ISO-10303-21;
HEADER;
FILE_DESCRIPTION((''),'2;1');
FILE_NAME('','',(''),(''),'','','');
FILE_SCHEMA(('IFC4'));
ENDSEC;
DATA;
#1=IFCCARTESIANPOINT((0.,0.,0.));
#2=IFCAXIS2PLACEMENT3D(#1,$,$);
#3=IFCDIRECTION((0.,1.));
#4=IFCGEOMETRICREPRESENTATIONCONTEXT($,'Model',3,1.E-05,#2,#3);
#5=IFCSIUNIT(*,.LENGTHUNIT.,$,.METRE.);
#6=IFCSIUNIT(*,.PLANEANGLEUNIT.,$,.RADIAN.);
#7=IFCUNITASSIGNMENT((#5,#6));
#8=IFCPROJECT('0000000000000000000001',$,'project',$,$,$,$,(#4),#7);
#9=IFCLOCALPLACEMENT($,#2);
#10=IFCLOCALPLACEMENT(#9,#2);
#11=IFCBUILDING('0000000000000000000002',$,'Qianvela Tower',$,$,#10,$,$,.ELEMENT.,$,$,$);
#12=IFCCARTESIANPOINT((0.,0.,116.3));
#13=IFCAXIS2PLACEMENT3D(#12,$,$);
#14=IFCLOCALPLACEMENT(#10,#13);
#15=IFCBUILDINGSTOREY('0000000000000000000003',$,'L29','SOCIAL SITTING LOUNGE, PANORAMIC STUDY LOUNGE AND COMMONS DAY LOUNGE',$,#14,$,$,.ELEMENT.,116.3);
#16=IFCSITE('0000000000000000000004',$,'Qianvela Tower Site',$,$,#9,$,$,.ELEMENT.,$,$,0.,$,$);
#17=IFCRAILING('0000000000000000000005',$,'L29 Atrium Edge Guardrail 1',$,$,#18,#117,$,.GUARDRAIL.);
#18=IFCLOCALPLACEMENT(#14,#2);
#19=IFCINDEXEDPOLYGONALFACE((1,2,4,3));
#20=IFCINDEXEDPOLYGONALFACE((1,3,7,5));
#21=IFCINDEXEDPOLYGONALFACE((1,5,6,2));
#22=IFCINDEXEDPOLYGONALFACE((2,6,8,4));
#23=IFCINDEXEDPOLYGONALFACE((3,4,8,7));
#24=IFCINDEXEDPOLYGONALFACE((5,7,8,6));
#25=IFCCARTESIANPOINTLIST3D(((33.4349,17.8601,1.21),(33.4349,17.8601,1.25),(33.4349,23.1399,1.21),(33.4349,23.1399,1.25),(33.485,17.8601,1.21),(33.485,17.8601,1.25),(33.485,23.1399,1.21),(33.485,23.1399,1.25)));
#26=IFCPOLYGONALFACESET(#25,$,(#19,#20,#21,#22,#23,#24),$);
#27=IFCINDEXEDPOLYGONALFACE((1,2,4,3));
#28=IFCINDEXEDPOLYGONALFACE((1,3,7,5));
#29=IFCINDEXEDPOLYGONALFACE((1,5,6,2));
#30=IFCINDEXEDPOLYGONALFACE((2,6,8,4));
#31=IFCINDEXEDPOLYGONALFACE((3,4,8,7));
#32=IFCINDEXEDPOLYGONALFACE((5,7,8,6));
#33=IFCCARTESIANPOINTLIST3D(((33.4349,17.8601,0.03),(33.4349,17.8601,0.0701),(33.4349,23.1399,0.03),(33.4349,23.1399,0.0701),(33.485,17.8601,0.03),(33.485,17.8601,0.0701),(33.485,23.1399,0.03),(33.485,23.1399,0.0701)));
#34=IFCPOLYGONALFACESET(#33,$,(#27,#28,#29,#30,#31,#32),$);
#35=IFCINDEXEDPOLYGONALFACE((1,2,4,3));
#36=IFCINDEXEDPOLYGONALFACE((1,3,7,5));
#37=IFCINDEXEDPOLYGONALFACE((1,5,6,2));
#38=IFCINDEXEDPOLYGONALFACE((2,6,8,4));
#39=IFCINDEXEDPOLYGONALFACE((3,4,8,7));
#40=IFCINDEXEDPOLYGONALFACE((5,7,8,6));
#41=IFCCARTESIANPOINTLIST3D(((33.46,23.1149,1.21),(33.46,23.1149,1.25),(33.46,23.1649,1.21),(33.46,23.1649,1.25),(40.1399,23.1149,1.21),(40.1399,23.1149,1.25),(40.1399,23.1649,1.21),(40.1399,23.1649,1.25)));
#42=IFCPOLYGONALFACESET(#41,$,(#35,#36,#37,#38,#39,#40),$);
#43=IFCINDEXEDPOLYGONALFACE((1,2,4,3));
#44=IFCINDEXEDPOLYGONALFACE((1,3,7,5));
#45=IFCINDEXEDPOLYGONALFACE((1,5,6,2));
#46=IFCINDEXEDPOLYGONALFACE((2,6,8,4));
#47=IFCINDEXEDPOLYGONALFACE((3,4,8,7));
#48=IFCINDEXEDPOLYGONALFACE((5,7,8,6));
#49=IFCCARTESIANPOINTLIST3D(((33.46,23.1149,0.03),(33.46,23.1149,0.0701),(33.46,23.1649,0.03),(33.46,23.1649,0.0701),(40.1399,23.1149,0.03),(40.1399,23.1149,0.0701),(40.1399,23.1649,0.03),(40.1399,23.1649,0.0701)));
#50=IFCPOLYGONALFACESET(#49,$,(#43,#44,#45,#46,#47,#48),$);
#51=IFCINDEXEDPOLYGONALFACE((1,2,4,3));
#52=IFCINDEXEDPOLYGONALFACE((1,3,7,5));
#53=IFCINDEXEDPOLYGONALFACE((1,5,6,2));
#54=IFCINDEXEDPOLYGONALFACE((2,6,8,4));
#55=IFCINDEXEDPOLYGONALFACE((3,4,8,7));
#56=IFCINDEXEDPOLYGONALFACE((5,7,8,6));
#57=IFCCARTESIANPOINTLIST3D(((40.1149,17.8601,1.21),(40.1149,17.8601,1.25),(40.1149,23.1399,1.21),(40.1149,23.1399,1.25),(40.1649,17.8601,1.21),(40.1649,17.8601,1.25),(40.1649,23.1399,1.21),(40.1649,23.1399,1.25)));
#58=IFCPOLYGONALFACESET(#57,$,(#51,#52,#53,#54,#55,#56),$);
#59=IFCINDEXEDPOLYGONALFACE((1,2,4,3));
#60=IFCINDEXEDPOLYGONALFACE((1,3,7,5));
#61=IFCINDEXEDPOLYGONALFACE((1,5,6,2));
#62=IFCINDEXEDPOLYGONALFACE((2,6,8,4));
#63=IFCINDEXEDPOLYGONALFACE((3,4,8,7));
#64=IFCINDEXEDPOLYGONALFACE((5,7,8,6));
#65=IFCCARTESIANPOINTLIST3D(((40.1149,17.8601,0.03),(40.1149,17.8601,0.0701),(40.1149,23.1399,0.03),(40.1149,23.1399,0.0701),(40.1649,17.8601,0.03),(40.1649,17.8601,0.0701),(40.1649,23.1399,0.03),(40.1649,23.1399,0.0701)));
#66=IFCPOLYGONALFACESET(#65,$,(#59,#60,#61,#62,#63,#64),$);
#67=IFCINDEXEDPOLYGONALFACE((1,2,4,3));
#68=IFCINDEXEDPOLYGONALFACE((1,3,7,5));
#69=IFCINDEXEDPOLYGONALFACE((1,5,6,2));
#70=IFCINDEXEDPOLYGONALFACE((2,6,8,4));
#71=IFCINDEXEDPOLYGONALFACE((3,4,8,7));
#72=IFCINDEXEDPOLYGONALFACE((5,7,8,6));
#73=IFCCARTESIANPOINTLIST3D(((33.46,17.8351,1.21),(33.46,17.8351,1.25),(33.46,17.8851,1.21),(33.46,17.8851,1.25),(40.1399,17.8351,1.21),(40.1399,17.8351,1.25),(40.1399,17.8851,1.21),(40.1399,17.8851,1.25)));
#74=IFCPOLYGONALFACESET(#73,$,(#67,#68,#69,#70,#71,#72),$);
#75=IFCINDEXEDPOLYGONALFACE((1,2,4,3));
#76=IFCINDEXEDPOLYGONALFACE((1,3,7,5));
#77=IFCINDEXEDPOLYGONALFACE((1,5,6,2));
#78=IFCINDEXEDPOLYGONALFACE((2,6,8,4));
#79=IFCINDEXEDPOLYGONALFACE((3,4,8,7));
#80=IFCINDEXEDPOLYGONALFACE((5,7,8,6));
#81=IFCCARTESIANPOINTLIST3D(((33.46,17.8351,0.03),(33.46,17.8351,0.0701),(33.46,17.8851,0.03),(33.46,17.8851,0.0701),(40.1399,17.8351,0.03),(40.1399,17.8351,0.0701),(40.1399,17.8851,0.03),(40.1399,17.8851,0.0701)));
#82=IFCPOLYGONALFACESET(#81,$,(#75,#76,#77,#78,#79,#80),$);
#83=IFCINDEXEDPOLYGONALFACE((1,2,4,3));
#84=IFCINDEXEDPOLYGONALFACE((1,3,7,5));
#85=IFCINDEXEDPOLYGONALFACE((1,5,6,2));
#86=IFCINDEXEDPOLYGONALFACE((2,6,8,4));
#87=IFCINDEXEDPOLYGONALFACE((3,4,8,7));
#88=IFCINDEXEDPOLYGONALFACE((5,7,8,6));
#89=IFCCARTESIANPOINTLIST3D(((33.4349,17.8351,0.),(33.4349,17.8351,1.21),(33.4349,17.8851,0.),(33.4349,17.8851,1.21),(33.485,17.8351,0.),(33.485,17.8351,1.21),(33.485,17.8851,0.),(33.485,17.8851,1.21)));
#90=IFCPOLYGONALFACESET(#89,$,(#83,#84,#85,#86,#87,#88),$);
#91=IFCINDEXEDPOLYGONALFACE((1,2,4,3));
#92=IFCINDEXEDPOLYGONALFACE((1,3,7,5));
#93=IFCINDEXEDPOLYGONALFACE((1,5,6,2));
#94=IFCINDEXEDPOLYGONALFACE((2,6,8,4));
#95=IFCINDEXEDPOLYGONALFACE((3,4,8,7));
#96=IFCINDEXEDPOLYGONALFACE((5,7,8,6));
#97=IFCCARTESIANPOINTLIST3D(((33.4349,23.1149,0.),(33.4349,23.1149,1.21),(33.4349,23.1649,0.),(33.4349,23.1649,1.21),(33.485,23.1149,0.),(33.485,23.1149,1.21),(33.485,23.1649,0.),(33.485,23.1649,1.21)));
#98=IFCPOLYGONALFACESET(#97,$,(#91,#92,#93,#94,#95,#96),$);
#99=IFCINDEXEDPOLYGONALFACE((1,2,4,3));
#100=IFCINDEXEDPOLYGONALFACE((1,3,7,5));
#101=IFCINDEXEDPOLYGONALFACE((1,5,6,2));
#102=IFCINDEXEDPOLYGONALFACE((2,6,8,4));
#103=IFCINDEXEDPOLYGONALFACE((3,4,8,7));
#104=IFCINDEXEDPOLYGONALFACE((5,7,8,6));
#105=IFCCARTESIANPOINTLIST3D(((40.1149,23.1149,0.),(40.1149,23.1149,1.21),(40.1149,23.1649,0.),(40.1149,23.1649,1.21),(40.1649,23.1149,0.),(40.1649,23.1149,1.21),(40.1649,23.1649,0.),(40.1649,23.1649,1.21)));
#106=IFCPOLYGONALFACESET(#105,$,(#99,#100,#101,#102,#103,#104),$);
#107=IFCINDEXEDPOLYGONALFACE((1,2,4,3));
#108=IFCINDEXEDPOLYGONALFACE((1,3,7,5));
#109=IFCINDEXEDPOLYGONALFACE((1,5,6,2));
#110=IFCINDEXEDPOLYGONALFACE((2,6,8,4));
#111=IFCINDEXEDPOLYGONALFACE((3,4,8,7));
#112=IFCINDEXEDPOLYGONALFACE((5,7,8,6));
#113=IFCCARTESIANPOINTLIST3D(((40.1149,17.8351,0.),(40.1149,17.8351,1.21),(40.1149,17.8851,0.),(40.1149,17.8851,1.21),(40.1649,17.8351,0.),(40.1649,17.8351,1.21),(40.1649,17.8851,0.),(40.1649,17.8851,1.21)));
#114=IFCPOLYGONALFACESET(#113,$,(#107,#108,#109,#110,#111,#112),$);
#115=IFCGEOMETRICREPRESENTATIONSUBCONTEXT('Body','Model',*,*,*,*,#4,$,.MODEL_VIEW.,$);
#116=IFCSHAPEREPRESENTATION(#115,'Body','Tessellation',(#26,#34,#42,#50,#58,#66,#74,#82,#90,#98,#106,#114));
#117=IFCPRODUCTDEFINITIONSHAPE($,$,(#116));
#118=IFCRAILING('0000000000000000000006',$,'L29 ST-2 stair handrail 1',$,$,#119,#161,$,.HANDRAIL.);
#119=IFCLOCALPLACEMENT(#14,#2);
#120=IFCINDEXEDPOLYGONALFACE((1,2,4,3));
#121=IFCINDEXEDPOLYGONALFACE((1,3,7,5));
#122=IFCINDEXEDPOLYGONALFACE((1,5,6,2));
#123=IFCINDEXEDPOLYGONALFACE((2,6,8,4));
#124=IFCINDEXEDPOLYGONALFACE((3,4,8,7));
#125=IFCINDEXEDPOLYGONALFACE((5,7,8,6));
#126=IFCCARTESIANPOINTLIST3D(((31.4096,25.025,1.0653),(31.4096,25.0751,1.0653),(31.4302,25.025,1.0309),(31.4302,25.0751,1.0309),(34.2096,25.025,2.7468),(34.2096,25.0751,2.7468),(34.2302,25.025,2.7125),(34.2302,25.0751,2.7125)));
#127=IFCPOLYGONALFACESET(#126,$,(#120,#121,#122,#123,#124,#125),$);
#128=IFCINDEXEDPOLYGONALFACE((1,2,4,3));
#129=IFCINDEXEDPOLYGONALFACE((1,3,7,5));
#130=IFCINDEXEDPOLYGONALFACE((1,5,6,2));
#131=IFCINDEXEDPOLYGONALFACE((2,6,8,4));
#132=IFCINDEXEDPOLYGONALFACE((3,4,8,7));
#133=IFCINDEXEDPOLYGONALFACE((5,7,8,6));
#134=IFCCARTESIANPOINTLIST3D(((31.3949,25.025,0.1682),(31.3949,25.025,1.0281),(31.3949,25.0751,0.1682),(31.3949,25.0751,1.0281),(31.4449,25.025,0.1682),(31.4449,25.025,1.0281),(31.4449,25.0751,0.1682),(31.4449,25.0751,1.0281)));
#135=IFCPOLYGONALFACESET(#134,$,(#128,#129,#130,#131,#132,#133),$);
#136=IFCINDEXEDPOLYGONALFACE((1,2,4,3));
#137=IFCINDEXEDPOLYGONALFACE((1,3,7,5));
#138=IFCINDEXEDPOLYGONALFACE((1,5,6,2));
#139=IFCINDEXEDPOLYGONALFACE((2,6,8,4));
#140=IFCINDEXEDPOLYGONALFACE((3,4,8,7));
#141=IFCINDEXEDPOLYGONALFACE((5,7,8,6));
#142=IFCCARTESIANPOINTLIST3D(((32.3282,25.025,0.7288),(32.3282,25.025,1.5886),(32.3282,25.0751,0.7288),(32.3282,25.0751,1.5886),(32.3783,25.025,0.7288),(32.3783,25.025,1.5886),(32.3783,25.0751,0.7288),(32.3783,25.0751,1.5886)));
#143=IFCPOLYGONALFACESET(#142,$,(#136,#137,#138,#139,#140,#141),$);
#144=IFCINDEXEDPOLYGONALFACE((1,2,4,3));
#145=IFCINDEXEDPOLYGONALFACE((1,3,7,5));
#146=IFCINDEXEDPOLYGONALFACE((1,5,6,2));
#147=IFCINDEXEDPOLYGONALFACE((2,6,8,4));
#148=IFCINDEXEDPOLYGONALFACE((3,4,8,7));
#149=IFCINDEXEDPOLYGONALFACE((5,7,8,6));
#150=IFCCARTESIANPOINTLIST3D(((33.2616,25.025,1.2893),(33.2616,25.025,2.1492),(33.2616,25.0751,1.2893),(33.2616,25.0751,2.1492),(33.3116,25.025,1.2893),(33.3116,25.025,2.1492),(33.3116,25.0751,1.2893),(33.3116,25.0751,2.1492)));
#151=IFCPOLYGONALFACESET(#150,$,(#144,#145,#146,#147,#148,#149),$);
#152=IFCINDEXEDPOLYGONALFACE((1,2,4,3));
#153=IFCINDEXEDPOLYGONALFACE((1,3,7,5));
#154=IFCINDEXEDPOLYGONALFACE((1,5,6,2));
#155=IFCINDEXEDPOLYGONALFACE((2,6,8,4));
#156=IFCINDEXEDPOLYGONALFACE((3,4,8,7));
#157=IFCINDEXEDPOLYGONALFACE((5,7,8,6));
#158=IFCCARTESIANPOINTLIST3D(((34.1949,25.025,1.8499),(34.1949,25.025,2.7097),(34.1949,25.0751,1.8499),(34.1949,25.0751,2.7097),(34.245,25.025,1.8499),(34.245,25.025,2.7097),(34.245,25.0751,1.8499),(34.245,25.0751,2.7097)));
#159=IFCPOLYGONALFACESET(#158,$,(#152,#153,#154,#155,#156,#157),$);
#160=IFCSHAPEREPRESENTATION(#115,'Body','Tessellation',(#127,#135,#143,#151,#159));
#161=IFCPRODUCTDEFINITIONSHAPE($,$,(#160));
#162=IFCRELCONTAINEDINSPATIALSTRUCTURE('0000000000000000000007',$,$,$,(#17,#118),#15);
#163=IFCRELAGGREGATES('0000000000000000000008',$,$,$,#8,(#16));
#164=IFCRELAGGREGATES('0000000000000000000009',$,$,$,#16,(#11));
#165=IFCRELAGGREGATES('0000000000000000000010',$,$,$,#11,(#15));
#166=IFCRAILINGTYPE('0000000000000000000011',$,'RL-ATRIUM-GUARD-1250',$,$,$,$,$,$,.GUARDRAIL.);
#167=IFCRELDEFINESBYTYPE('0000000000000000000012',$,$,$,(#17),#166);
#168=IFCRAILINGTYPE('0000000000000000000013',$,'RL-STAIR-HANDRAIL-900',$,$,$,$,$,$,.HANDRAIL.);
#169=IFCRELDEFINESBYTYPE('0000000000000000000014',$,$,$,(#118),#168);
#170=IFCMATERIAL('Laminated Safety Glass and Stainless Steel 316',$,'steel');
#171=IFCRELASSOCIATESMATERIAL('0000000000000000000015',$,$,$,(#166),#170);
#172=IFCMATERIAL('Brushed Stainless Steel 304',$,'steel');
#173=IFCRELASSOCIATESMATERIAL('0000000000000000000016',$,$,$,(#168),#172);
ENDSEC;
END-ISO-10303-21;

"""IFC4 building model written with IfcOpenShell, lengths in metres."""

from ifc_helpers import new_model, si_unit, direction, frame, origin, origin_2d, place, context, subcontext, project, spatial, rectangle, extrude, material, type_object, element, save


model = new_model("IFC4")

# Units and contexts
model_context = context("Model", 3, precision=1e-05, world=origin(), true_north=direction((0.0, 1.0)))
body_context = subcontext(model_context, "Body", "Model", "MODEL_VIEW")
ifc_project = project(units=[si_unit("LENGTHUNIT", "METRE"), si_unit("PLANEANGLEUNIT", "RADIAN")], contexts=[model_context])

# Site, building, storey
site_placement = place(None, origin())
site = spatial("IfcSite", under=ifc_project, at=site_placement, Name="Qianvela Tower Site", CompositionType="ELEMENT", RefElevation=0.0)
building_placement = place(site_placement, origin())
building = spatial("IfcBuilding", under=site, at=building_placement, Name="Qianvela Tower", CompositionType="ELEMENT")
storey_placement = place(building_placement, frame((0.0, 0.0, 116.3)))
storey = spatial("IfcBuildingStorey", under=building, at=storey_placement, Name="L29", Description="SOCIAL SITTING LOUNGE, PANORAMIC STUDY LOUNGE AND COMMONS DAY LOUNGE", CompositionType="ELEMENT", Elevation=116.3)

# Railings
ifc_material_1 = material(Name="Laminated Safety Glass and Stainless Steel 316", Category="steel")
railing_type_1 = type_object("IfcRailingType", Name="RL-ATRIUM-GUARD-1250", PredefinedType="GUARDRAIL", material=ifc_material_1)
railing_1_placement = place(storey_placement, frame((33.46, 17.8601, 0.0)))
element("IfcRailing", 1, at=railing_1_placement, inside=storey, type_object=railing_type_1, Name="L29 Atrium Edge Guardrail 1", PredefinedType="GUARDRAIL", context=body_context, shape_type="SweptSolid", body=[
    extrude(rectangle(XDim=0.05, YDim=0.04, at=origin_2d()), frame((0.0, 0.0, 1.23), z_axis=(0.0, 1.0, 0.0), x_axis=(-1.0, 0.0, 0.0)), (0.0, 0.0, 1.0), 5.2798),
    extrude(rectangle(XDim=0.05, YDim=0.04, at=origin_2d()), frame((0.0, 0.0, 0.05), z_axis=(0.0, 1.0, 0.0), x_axis=(-1.0, 0.0, 0.0)), (0.0, 0.0, 1.0), 5.2798),
    extrude(rectangle(XDim=0.05, YDim=0.04, at=origin_2d()), frame((0.0, 5.2798, 1.23), z_axis=(1.0, 0.0, 0.0), x_axis=(0.0, 1.0, 0.0)), (0.0, 0.0, 1.0), 6.6799),
    extrude(rectangle(XDim=0.05, YDim=0.04, at=origin_2d()), frame((0.0, 5.2798, 0.05), z_axis=(1.0, 0.0, 0.0), x_axis=(0.0, 1.0, 0.0)), (0.0, 0.0, 1.0), 6.6799),
    extrude(rectangle(XDim=0.05, YDim=0.04, at=origin_2d()), frame((6.6799, 5.2798, 1.23), z_axis=(0.0, -1.0, 0.0), x_axis=(1.0, 0.0, 0.0)), (0.0, 0.0, 1.0), 5.2798),
    extrude(rectangle(XDim=0.05, YDim=0.04, at=origin_2d()), frame((6.6799, 5.2798, 0.05), z_axis=(0.0, -1.0, 0.0), x_axis=(1.0, 0.0, 0.0)), (0.0, 0.0, 1.0), 5.2798),
    extrude(rectangle(XDim=0.05, YDim=0.04, at=origin_2d()), frame((6.6799, 0.0, 1.23), z_axis=(-1.0, 0.0, 0.0), x_axis=(0.0, -1.0, 0.0)), (0.0, 0.0, 1.0), 6.6799),
    extrude(rectangle(XDim=0.05, YDim=0.04, at=origin_2d()), frame((6.6799, 0.0, 0.05), z_axis=(-1.0, 0.0, 0.0), x_axis=(0.0, -1.0, 0.0)), (0.0, 0.0, 1.0), 6.6799),
    extrude(rectangle(XDim=0.05, YDim=0.05, at=origin_2d()), origin(), (0.0, 0.0, 1.0), 1.21),
    extrude(rectangle(XDim=0.05, YDim=0.05, at=origin_2d()), frame((0.0, 5.2798, 0.0)), (0.0, 0.0, 1.0), 1.21),
    extrude(rectangle(XDim=0.05, YDim=0.05, at=origin_2d()), frame((6.6799, 5.2798, 0.0)), (0.0, 0.0, 1.0), 1.21),
    extrude(rectangle(XDim=0.05, YDim=0.05, at=origin_2d()), frame((6.6799, 0.0, 0.0)), (0.0, 0.0, 1.0), 1.21),
])
ifc_material_2 = material(Name="Brushed Stainless Steel 304", Category="steel")
railing_type_2 = type_object("IfcRailingType", Name="RL-STAIR-HANDRAIL-900", PredefinedType="HANDRAIL", material=ifc_material_2)
railing_2_placement = place(storey_placement, frame((31.4199, 25.05, 0.1682)))
element("IfcRailing", 2, at=railing_2_placement, inside=storey, type_object=railing_type_2, Name="L29 ST-2 stair handrail 1", PredefinedType="HANDRAIL", context=body_context, shape_type="SweptSolid", body=[
    extrude(rectangle(XDim=0.05, YDim=0.04, at=origin_2d()), frame((0.0, 0.0, 0.8799), z_axis=(0.857275, 0.0, 0.514858), x_axis=(0.0, 1.0, 0.0)), (0.0, 0.0, 1.0), 3.2661),
    extrude(rectangle(XDim=0.05, YDim=0.05, at=origin_2d()), origin(), (0.0, 0.0, 1.0), 0.8599),
    extrude(rectangle(XDim=0.05, YDim=0.05, at=origin_2d()), frame((0.9333, 0.0, 0.5605)), (0.0, 0.0, 1.0), 0.8599),
    extrude(rectangle(XDim=0.05, YDim=0.05, at=origin_2d()), frame((1.8667, 0.0, 1.1211)), (0.0, 0.0, 1.0), 0.8599),
    extrude(rectangle(XDim=0.05, YDim=0.05, at=origin_2d()), frame((2.8, 0.0, 1.6816)), (0.0, 0.0, 1.0), 0.8599),
])

save(model, "model.ifc")
